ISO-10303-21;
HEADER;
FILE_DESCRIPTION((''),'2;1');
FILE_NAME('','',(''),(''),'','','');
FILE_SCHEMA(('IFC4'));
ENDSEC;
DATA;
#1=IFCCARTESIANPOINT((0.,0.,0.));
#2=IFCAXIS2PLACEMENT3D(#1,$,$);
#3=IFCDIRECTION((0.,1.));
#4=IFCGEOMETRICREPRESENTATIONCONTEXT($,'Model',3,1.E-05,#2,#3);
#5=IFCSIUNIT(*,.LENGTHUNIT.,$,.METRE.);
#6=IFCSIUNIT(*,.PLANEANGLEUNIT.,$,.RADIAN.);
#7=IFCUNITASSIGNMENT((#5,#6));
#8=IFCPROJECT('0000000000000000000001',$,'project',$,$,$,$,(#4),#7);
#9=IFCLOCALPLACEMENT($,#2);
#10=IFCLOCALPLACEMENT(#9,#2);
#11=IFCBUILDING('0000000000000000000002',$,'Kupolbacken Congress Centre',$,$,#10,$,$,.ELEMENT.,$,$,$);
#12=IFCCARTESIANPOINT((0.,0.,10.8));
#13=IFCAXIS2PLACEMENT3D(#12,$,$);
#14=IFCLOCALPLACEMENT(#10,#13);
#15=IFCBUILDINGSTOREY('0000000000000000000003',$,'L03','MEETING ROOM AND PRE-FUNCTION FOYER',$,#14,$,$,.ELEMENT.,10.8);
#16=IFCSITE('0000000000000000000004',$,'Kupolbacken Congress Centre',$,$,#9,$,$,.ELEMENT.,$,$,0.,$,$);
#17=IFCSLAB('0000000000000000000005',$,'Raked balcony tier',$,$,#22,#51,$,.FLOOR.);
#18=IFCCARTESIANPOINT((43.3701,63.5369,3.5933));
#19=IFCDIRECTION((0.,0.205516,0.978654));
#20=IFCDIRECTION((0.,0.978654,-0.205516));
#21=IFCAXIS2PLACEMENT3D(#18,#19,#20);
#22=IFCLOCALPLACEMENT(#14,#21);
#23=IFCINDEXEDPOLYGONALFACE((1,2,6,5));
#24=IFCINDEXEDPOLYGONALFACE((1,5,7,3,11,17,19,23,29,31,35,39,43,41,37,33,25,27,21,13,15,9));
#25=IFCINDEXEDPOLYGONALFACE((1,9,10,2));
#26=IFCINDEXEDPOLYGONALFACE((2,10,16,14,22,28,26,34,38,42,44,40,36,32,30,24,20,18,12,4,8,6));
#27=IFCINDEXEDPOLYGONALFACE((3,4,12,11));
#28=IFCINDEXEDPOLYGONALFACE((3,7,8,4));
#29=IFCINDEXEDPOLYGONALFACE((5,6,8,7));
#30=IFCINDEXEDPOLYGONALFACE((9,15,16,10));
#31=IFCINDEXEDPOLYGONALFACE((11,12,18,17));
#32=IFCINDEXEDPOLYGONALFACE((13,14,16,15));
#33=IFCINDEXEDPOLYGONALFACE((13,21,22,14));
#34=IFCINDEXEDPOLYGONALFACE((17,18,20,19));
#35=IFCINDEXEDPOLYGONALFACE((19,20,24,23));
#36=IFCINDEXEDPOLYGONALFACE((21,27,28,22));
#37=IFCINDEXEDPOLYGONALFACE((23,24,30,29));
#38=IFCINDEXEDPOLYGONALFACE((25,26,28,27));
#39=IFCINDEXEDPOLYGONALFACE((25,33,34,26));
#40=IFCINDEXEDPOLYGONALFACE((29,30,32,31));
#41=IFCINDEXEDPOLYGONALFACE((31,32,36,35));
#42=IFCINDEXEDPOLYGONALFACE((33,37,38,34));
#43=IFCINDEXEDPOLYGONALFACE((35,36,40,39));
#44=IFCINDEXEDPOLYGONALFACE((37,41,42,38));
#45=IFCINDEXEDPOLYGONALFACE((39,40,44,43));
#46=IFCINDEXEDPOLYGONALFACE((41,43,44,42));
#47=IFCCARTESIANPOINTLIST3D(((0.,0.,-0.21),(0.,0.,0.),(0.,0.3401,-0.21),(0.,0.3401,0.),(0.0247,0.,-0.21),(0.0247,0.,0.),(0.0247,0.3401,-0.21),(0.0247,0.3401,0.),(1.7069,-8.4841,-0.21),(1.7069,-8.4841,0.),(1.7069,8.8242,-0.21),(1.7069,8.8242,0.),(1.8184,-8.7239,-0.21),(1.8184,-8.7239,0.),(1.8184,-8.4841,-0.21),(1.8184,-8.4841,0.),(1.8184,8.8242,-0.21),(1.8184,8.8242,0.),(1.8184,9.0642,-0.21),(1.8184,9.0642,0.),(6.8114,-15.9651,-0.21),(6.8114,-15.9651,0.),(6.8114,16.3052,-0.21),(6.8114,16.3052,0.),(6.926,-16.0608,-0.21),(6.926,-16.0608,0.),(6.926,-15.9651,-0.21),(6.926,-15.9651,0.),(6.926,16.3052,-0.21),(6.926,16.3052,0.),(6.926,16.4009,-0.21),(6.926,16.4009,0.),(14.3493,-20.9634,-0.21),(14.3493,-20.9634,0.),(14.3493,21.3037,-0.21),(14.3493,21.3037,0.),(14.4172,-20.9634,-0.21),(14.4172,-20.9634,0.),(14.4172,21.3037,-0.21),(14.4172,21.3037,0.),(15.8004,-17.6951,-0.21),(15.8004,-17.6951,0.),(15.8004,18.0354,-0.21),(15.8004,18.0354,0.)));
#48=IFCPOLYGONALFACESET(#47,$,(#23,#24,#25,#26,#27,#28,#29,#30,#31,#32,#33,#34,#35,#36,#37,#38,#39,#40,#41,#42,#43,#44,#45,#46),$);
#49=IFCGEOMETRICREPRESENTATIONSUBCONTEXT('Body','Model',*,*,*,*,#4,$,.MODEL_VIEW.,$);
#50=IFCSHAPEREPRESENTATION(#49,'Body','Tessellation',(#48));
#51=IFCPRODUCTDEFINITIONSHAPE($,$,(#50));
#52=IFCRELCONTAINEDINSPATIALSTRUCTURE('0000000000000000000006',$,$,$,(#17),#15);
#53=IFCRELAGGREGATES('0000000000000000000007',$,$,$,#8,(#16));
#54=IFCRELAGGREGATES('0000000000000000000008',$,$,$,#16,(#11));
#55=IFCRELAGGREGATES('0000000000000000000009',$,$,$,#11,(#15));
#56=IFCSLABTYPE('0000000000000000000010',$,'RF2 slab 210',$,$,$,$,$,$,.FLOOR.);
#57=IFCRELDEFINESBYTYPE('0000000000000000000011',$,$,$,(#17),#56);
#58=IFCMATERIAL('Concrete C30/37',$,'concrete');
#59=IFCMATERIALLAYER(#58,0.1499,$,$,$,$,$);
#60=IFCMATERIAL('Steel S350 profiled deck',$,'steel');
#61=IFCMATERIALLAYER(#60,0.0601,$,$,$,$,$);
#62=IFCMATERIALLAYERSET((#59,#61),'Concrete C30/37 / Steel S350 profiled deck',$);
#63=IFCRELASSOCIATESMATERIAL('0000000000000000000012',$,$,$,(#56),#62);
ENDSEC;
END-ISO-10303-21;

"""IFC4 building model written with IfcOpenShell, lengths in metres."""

from ifc_helpers import new_model, si_unit, direction, frame, origin, place, context, subcontext, project, spatial, polyline, outline, extrude, material, layer, layer_set, type_object, element, save


model = new_model("IFC4")

# Units and contexts
model_context = context("Model", 3, precision=1e-05, world=origin(), true_north=direction((0.0, 1.0)))
body_context = subcontext(model_context, "Body", "Model", "MODEL_VIEW")
ifc_project = project(units=[si_unit("LENGTHUNIT", "METRE"), si_unit("PLANEANGLEUNIT", "RADIAN")], contexts=[model_context])

# Site, building, storey
site_placement = place(None, origin())
site = spatial("IfcSite", under=ifc_project, at=site_placement, Name="Kupolbacken Congress Centre", CompositionType="ELEMENT", RefElevation=0.0)
building_placement = place(site_placement, origin())
building = spatial("IfcBuilding", under=site, at=building_placement, Name="Kupolbacken Congress Centre", CompositionType="ELEMENT")
storey_placement = place(building_placement, frame((0.0, 0.0, 10.8)))
storey = spatial("IfcBuildingStorey", under=building, at=storey_placement, Name="L03", Description="MEETING ROOM AND PRE-FUNCTION FOYER", CompositionType="ELEMENT", Elevation=10.8)

# Slab
ifc_material_1 = material(Name="Concrete C30/37", Category="concrete")
ifc_layer_1 = layer(ifc_material_1, 0.1499)
ifc_material_2 = material(Name="Steel S350 profiled deck", Category="steel")
ifc_layer_2 = layer(ifc_material_2, 0.0601)
ifc_layer_set_1 = layer_set([ifc_layer_1, ifc_layer_2], Name="Concrete C30/37 / Steel S350 profiled deck")
slab_type = type_object("IfcSlabType", Name="RF2 slab 210", PredefinedType="FLOOR", material=ifc_layer_set_1)
slab_placement = place(storey_placement, frame((43.3701, 63.5369, 3.5933), z_axis=(0.0, 0.205516, 0.978654), x_axis=(0.0, 0.978654, -0.205516)))
element("IfcSlab", 1, at=slab_placement, inside=storey, type_object=slab_type, Name="Raked balcony tier", PredefinedType="FLOOR", context=body_context, shape_type="SweptSolid", body=[
    extrude(outline(polyline([(0.0, 0.0), (0.0247, 0.0), (0.0247, 0.3401), (0.0, 0.3401), (1.7069, 8.8242), (1.8184, 8.8242), (1.8184, 9.0642), (6.8114, 16.3052), (6.926, 16.3052), (6.926, 16.4009), (14.3493, 21.3037), (14.4172, 21.3037), (15.8004, 18.0354), (15.8004, -17.6951), (14.4172, -20.9634), (14.3493, -20.9634), (6.926, -16.0608), (6.926, -15.9651), (6.8114, -15.9651), (1.8184, -8.7239), (1.8184, -8.4841), (1.7069, -8.4841), (0.0, 0.0)])), origin(), (0.0, 0.0, -1.0), 0.21),
])

save(model, "model.ifc")
